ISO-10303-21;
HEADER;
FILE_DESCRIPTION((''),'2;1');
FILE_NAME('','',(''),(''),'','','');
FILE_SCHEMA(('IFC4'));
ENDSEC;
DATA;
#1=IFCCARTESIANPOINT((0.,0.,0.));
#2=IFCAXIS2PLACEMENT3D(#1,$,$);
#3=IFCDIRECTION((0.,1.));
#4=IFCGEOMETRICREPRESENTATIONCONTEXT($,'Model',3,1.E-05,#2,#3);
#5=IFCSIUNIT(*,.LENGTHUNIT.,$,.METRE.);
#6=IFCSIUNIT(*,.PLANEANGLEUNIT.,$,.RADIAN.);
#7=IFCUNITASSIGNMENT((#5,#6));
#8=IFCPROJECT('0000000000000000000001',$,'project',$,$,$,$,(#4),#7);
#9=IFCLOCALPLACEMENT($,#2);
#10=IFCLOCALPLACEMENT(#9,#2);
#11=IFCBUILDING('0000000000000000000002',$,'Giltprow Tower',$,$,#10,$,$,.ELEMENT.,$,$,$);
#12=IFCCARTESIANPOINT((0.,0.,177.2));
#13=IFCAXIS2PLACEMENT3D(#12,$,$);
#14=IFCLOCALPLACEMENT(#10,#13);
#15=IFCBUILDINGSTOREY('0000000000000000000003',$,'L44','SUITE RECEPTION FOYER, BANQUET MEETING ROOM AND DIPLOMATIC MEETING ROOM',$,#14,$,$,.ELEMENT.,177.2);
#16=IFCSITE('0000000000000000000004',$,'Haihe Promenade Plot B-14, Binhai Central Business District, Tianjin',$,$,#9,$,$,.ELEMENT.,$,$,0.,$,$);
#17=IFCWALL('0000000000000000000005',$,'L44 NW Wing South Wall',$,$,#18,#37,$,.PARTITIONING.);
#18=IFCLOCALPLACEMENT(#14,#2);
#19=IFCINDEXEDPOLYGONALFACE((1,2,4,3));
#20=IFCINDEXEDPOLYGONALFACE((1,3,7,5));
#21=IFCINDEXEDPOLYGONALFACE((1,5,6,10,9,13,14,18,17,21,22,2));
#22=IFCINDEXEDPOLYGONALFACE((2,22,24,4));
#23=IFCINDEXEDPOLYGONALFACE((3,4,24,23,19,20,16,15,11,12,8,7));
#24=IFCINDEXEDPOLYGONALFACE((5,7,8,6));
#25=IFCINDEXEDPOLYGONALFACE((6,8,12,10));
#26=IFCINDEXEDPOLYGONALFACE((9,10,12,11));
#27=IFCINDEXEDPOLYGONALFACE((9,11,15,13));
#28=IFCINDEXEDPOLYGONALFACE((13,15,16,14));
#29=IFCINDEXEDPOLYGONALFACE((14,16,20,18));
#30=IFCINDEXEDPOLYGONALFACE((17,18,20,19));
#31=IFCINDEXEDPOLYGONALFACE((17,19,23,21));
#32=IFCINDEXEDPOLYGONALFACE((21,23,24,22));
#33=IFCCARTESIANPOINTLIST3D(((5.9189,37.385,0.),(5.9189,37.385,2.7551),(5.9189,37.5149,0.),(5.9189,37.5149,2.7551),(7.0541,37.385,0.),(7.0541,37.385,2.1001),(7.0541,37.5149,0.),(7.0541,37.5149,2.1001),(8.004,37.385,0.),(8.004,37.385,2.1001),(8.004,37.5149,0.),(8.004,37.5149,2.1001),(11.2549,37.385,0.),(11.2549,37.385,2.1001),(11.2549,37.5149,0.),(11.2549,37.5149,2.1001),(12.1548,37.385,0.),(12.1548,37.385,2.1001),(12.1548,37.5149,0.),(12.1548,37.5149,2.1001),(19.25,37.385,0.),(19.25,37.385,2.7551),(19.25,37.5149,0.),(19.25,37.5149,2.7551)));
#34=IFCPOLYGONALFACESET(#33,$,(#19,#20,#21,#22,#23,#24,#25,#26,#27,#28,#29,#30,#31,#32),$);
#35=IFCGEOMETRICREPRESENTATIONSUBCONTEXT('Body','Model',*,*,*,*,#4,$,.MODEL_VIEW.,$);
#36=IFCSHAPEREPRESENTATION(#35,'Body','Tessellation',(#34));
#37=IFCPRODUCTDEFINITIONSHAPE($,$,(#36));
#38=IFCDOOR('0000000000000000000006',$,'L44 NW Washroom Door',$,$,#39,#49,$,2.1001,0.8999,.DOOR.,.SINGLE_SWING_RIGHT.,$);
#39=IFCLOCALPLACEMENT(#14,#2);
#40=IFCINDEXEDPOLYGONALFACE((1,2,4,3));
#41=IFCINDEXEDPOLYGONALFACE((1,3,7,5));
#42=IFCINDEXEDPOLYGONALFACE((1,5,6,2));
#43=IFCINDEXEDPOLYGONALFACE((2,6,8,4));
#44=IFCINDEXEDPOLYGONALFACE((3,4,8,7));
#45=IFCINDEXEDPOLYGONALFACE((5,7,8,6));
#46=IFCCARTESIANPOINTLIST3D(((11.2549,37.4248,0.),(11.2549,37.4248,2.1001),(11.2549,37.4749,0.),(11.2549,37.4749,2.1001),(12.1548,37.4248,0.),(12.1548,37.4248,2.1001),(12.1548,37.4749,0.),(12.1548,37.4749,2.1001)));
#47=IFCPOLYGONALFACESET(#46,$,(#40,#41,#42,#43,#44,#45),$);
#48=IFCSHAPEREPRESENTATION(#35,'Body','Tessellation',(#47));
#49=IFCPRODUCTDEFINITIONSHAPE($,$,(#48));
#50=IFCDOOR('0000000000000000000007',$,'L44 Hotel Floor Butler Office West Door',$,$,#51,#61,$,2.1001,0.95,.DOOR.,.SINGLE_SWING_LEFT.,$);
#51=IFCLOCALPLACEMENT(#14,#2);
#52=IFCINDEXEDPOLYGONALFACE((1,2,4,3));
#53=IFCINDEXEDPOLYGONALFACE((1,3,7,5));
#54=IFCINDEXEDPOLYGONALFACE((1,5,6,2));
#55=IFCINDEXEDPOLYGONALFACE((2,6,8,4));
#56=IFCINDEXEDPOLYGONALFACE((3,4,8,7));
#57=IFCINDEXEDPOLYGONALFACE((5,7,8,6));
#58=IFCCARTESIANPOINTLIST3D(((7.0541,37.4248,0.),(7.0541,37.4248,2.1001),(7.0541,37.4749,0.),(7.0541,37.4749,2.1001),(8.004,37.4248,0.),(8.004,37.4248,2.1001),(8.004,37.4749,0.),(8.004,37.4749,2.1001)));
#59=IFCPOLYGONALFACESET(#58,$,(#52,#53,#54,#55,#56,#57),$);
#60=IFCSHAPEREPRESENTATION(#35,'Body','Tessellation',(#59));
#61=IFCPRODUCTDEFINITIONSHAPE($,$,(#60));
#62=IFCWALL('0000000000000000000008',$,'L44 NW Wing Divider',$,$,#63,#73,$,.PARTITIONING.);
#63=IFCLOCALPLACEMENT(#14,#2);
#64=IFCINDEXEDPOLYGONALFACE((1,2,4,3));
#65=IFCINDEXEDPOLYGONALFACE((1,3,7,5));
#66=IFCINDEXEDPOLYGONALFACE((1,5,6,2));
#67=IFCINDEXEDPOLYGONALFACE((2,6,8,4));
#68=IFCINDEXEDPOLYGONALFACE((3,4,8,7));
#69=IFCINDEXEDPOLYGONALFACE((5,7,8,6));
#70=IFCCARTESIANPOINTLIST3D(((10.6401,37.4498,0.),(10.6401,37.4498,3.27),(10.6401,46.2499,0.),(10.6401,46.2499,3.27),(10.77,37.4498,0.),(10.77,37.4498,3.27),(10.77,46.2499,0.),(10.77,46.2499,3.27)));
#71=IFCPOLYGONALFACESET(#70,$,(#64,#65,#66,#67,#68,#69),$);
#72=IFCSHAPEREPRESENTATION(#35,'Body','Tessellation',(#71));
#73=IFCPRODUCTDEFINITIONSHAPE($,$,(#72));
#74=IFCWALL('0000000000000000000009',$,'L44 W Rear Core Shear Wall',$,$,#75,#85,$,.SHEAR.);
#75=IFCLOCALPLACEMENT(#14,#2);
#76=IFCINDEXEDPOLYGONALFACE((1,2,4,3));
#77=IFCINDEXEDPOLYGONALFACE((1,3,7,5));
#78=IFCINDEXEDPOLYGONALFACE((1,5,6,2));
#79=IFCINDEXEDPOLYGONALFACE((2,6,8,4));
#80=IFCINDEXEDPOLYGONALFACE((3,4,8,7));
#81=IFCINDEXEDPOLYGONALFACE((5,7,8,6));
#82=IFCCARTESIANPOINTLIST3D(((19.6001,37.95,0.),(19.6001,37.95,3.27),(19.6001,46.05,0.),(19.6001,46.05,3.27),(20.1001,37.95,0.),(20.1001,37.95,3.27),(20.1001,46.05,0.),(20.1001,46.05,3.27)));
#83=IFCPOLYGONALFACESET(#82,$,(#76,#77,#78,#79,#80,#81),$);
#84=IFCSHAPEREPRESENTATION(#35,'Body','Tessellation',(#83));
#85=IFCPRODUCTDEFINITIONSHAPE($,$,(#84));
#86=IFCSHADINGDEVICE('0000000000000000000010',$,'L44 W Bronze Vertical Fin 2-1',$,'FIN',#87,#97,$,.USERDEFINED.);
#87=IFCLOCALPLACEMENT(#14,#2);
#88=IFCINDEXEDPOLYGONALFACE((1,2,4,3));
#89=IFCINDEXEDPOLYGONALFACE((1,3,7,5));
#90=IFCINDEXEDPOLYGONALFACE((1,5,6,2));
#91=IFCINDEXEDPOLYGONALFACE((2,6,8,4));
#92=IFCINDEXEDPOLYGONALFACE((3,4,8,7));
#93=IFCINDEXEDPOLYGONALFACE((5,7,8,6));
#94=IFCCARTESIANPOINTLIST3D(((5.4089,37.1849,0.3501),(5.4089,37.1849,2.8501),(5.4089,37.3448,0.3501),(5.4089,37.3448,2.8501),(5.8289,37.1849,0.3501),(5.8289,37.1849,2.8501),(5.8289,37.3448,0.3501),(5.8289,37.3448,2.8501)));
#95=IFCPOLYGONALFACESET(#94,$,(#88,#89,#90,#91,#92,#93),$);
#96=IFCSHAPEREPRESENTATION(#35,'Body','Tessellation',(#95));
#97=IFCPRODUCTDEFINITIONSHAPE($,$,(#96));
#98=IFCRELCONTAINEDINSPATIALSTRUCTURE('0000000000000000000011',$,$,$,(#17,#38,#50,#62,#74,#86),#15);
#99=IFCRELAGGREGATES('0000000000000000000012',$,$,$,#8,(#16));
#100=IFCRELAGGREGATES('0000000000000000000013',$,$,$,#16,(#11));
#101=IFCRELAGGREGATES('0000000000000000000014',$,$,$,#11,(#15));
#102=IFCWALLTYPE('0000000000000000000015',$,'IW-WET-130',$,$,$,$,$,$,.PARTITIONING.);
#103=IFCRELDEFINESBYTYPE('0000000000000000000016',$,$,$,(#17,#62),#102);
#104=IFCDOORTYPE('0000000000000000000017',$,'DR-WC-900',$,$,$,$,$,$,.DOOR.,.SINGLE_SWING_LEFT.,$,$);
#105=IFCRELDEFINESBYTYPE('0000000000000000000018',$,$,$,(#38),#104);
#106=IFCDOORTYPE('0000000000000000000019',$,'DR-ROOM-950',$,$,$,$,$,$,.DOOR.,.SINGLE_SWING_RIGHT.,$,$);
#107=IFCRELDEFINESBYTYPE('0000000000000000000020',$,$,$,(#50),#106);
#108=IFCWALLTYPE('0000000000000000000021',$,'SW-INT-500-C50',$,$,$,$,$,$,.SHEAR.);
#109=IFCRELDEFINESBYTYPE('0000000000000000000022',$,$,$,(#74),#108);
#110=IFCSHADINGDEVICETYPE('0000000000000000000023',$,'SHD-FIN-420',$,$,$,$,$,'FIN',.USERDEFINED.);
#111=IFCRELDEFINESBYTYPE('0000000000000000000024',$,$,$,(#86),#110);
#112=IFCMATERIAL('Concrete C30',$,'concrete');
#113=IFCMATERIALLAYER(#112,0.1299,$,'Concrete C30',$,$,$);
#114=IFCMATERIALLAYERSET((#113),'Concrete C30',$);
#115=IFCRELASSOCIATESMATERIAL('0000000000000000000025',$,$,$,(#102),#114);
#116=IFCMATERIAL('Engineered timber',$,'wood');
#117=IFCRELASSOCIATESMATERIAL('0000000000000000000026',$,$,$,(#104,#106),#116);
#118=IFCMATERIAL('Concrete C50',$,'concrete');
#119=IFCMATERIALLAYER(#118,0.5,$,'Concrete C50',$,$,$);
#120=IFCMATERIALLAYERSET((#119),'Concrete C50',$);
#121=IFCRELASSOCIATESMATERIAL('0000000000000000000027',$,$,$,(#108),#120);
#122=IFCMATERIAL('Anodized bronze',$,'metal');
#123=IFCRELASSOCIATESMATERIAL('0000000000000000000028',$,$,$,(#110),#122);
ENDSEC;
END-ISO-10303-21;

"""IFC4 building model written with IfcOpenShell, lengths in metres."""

from ifc_helpers import new_model, si_unit, direction, frame, frame_2d, origin, origin_2d, place, context, subcontext, project, spatial, rectangle, extrude, source, transform, mapped, material, layer, layer_set, type_object, element, fill, save


model = new_model("IFC4")

# Units and contexts
model_context = context("Model", 3, precision=1e-05, world=origin(), true_north=direction((0.0, 1.0)))
body_context = subcontext(model_context, "Body", "Model", "MODEL_VIEW")
ifc_project = project(units=[si_unit("LENGTHUNIT", "METRE"), si_unit("PLANEANGLEUNIT", "RADIAN")], contexts=[model_context])

# Site, building, storey
site_placement = place(None, origin())
site = spatial("IfcSite", under=ifc_project, at=site_placement, Name="Haihe Promenade Plot B-14, Binhai Central Business District, Tianjin", CompositionType="ELEMENT", RefElevation=0.0)
building_placement = place(site_placement, origin())
building = spatial("IfcBuilding", under=site, at=building_placement, Name="Giltprow Tower", CompositionType="ELEMENT")
storey_placement = place(building_placement, frame((0.0, 0.0, 177.2)))
storey = spatial("IfcBuildingStorey", under=building, at=storey_placement, Name="L44", Description="SUITE RECEPTION FOYER, BANQUET MEETING ROOM AND DIPLOMATIC MEETING ROOM", CompositionType="ELEMENT", Elevation=177.2)

# Shared definitions
ifc_material_1 = material(Name="Concrete C50", Category="concrete")

# Shared definitions
ifc_material_2 = material(Name="Engineered timber", Category="wood")

# Wall, openings, doors
ifc_material_3 = material(Name="Concrete C30", Category="concrete")
ifc_layer_1 = layer(ifc_material_3, 0.1299, Name="Concrete C30")
ifc_layer_set_1 = layer_set([ifc_layer_1], Name="Concrete C30")
wall_type_1 = type_object("IfcWallType", Name="IW-WET-130", PredefinedType="PARTITIONING", material=ifc_layer_set_1)
wall_1_placement = place(storey_placement, frame((5.9189, 37.45, 0.0), z_axis=(0.0, 0.0, 1.0), x_axis=(1.0, 0.0, 0.0)))
wall_1 = element("IfcWall", 1, at=wall_1_placement, inside=storey, type_object=wall_type_1, Name="L44 NW Wing South Wall", PredefinedType="PARTITIONING", context=body_context, shape_type="SweptSolid", body=[
    extrude(rectangle(XDim=13.3311, YDim=0.1299, at=frame_2d((6.6655, 0.0))), origin(), (0.0, 0.0, 1.0), 2.7551),
])
opening_1_placement = place(wall_1_placement, frame((1.135, 0.0, 0.0)))
opening_1 = element("IfcOpeningElement", 2, at=opening_1_placement, cuts=wall_1, PredefinedType="OPENING", context=body_context, shape_type="SweptSolid", body=[
    extrude(rectangle(XDim=0.95, YDim=2.1001, at=frame_2d((0.4751, 1.05))), frame((0.0, 0.075, 0.0), z_axis=(0.0, -1.0, 0.0), x_axis=(1.0, 0.0, 0.0)), (0.0, 0.0, 1.0), 0.1499),
])
opening_2_placement = place(wall_1_placement, frame((5.3359, 0.0, 0.0)))
opening_2 = element("IfcOpeningElement", 3, at=opening_2_placement, cuts=wall_1, PredefinedType="OPENING", context=body_context, shape_type="SweptSolid", body=[
    extrude(rectangle(XDim=0.8999, YDim=2.1001, at=frame_2d((0.45, 1.05))), frame((0.0, 0.075, 0.0), z_axis=(0.0, -1.0, 0.0), x_axis=(1.0, 0.0, 0.0)), (0.0, 0.0, 1.0), 0.1499),
])
door_type_1 = type_object("IfcDoorType", Name="DR-WC-900", OperationType="SINGLE_SWING_LEFT", PredefinedType="DOOR", material=ifc_material_2)
shared_shape_1 = source(origin(), body_context, "Body", "SweptSolid", [
    extrude(rectangle(XDim=0.8999, YDim=2.1001, at=frame_2d((0.45, 1.05))), frame((0.0, 0.0249, 0.0), z_axis=(0.0, -1.0, 0.0), x_axis=(1.0, 0.0, 0.0)), (0.0, 0.0, 1.0), 0.05),
])
door_1_placement = place(opening_2_placement, origin())
door_1 = element("IfcDoor", 4, at=door_1_placement, inside=storey, type_object=door_type_1, Name="L44 NW Washroom Door", OperationType="SINGLE_SWING_RIGHT", OverallHeight=2.1001, OverallWidth=0.8999, PredefinedType="DOOR", context=body_context, shape_type="MappedRepresentation", body=[
    mapped(shared_shape_1, transform((0.0, 0.0, 0.0), x_axis=(1.0, 0.0, 0.0), y_axis=(0.0, 1.0, 0.0), z_axis=(0.0, 0.0, 1.0), scale=1.0)),
])
fill(opening_2, door_1)
door_type_2 = type_object("IfcDoorType", Name="DR-ROOM-950", OperationType="SINGLE_SWING_RIGHT", PredefinedType="DOOR", material=ifc_material_2)
shared_shape_2 = source(origin(), body_context, "Body", "SweptSolid", [
    extrude(rectangle(XDim=0.95, YDim=2.1001, at=frame_2d((0.4751, 1.05))), frame((0.0, 0.0249, 0.0), z_axis=(0.0, -1.0, 0.0), x_axis=(1.0, 0.0, 0.0)), (0.0, 0.0, 1.0), 0.05),
])
door_2_placement = place(opening_1_placement, origin())
door_2 = element("IfcDoor", 5, at=door_2_placement, inside=storey, type_object=door_type_2, Name="L44 Hotel Floor Butler Office West Door", OperationType="SINGLE_SWING_LEFT", OverallHeight=2.1001, OverallWidth=0.95, PredefinedType="DOOR", context=body_context, shape_type="MappedRepresentation", body=[
    mapped(shared_shape_2, transform((0.0, 0.0, 0.0), x_axis=(1.0, 0.0, 0.0), y_axis=(0.0, 1.0, 0.0), z_axis=(0.0, 0.0, 1.0), scale=1.0)),
])
fill(opening_1, door_2)

# Walls
wall_2_placement = place(storey_placement, frame((10.7051, 37.45, 0.0), z_axis=(0.0, 0.0, 1.0), x_axis=(0.0, 1.0, 0.0)))
element("IfcWall", 6, at=wall_2_placement, inside=storey, type_object=wall_type_1, Name="L44 NW Wing Divider", PredefinedType="PARTITIONING", context=body_context, shape_type="SweptSolid", body=[
    extrude(rectangle(XDim=8.8, YDim=0.1299, at=frame_2d((4.3999, 0.0))), origin(), (0.0, 0.0, 1.0), 3.27),
])
ifc_layer_2 = layer(ifc_material_1, 0.5, Name="Concrete C50")
ifc_layer_set_2 = layer_set([ifc_layer_2], Name="Concrete C50")
wall_type_2 = type_object("IfcWallType", Name="SW-INT-500-C50", PredefinedType="SHEAR", material=ifc_layer_set_2)
wall_3_placement = place(storey_placement, frame((19.8501, 37.95, 0.0), z_axis=(0.0, 0.0, 1.0), x_axis=(0.0, 1.0, 0.0)))
element("IfcWall", 7, at=wall_3_placement, inside=storey, type_object=wall_type_2, Name="L44 W Rear Core Shear Wall", PredefinedType="SHEAR", context=body_context, shape_type="SweptSolid", body=[
    extrude(rectangle(XDim=8.1001, YDim=0.5, at=frame_2d((4.05, 0.0))), origin(), (0.0, 0.0, 1.0), 3.27),
])

# Shading device
ifc_material_4 = material(Name="Anodized bronze", Category="metal")
shading_device_type = type_object("IfcShadingDeviceType", Name="SHD-FIN-420", ElementType="FIN", PredefinedType="USERDEFINED", material=ifc_material_4)
shared_shape_3 = source(origin(), body_context, "Body", "SweptSolid", [
    extrude(rectangle(XDim=0.4199, YDim=0.1599, at=origin_2d()), origin(), (0.0, 0.0, 1.0), 2.5),
])
shading_device_placement = place(storey_placement, frame((5.6189, 37.2649, 0.3501), z_axis=(0.0, 0.0, 1.0), x_axis=(1.0, 0.0, 0.0)))
element("IfcShadingDevice", 8, at=shading_device_placement, inside=storey, type_object=shading_device_type, Name="L44 W Bronze Vertical Fin 2-1", ObjectType="FIN", PredefinedType="USERDEFINED", context=body_context, shape_type="MappedRepresentation", body=[
    mapped(shared_shape_3, transform((0.0, 0.0, 0.0), x_axis=(1.0, 0.0, 0.0), y_axis=(0.0, 1.0, 0.0), z_axis=(0.0, 0.0, 1.0), scale=1.0)),
])

save(model, "model.ifc")
